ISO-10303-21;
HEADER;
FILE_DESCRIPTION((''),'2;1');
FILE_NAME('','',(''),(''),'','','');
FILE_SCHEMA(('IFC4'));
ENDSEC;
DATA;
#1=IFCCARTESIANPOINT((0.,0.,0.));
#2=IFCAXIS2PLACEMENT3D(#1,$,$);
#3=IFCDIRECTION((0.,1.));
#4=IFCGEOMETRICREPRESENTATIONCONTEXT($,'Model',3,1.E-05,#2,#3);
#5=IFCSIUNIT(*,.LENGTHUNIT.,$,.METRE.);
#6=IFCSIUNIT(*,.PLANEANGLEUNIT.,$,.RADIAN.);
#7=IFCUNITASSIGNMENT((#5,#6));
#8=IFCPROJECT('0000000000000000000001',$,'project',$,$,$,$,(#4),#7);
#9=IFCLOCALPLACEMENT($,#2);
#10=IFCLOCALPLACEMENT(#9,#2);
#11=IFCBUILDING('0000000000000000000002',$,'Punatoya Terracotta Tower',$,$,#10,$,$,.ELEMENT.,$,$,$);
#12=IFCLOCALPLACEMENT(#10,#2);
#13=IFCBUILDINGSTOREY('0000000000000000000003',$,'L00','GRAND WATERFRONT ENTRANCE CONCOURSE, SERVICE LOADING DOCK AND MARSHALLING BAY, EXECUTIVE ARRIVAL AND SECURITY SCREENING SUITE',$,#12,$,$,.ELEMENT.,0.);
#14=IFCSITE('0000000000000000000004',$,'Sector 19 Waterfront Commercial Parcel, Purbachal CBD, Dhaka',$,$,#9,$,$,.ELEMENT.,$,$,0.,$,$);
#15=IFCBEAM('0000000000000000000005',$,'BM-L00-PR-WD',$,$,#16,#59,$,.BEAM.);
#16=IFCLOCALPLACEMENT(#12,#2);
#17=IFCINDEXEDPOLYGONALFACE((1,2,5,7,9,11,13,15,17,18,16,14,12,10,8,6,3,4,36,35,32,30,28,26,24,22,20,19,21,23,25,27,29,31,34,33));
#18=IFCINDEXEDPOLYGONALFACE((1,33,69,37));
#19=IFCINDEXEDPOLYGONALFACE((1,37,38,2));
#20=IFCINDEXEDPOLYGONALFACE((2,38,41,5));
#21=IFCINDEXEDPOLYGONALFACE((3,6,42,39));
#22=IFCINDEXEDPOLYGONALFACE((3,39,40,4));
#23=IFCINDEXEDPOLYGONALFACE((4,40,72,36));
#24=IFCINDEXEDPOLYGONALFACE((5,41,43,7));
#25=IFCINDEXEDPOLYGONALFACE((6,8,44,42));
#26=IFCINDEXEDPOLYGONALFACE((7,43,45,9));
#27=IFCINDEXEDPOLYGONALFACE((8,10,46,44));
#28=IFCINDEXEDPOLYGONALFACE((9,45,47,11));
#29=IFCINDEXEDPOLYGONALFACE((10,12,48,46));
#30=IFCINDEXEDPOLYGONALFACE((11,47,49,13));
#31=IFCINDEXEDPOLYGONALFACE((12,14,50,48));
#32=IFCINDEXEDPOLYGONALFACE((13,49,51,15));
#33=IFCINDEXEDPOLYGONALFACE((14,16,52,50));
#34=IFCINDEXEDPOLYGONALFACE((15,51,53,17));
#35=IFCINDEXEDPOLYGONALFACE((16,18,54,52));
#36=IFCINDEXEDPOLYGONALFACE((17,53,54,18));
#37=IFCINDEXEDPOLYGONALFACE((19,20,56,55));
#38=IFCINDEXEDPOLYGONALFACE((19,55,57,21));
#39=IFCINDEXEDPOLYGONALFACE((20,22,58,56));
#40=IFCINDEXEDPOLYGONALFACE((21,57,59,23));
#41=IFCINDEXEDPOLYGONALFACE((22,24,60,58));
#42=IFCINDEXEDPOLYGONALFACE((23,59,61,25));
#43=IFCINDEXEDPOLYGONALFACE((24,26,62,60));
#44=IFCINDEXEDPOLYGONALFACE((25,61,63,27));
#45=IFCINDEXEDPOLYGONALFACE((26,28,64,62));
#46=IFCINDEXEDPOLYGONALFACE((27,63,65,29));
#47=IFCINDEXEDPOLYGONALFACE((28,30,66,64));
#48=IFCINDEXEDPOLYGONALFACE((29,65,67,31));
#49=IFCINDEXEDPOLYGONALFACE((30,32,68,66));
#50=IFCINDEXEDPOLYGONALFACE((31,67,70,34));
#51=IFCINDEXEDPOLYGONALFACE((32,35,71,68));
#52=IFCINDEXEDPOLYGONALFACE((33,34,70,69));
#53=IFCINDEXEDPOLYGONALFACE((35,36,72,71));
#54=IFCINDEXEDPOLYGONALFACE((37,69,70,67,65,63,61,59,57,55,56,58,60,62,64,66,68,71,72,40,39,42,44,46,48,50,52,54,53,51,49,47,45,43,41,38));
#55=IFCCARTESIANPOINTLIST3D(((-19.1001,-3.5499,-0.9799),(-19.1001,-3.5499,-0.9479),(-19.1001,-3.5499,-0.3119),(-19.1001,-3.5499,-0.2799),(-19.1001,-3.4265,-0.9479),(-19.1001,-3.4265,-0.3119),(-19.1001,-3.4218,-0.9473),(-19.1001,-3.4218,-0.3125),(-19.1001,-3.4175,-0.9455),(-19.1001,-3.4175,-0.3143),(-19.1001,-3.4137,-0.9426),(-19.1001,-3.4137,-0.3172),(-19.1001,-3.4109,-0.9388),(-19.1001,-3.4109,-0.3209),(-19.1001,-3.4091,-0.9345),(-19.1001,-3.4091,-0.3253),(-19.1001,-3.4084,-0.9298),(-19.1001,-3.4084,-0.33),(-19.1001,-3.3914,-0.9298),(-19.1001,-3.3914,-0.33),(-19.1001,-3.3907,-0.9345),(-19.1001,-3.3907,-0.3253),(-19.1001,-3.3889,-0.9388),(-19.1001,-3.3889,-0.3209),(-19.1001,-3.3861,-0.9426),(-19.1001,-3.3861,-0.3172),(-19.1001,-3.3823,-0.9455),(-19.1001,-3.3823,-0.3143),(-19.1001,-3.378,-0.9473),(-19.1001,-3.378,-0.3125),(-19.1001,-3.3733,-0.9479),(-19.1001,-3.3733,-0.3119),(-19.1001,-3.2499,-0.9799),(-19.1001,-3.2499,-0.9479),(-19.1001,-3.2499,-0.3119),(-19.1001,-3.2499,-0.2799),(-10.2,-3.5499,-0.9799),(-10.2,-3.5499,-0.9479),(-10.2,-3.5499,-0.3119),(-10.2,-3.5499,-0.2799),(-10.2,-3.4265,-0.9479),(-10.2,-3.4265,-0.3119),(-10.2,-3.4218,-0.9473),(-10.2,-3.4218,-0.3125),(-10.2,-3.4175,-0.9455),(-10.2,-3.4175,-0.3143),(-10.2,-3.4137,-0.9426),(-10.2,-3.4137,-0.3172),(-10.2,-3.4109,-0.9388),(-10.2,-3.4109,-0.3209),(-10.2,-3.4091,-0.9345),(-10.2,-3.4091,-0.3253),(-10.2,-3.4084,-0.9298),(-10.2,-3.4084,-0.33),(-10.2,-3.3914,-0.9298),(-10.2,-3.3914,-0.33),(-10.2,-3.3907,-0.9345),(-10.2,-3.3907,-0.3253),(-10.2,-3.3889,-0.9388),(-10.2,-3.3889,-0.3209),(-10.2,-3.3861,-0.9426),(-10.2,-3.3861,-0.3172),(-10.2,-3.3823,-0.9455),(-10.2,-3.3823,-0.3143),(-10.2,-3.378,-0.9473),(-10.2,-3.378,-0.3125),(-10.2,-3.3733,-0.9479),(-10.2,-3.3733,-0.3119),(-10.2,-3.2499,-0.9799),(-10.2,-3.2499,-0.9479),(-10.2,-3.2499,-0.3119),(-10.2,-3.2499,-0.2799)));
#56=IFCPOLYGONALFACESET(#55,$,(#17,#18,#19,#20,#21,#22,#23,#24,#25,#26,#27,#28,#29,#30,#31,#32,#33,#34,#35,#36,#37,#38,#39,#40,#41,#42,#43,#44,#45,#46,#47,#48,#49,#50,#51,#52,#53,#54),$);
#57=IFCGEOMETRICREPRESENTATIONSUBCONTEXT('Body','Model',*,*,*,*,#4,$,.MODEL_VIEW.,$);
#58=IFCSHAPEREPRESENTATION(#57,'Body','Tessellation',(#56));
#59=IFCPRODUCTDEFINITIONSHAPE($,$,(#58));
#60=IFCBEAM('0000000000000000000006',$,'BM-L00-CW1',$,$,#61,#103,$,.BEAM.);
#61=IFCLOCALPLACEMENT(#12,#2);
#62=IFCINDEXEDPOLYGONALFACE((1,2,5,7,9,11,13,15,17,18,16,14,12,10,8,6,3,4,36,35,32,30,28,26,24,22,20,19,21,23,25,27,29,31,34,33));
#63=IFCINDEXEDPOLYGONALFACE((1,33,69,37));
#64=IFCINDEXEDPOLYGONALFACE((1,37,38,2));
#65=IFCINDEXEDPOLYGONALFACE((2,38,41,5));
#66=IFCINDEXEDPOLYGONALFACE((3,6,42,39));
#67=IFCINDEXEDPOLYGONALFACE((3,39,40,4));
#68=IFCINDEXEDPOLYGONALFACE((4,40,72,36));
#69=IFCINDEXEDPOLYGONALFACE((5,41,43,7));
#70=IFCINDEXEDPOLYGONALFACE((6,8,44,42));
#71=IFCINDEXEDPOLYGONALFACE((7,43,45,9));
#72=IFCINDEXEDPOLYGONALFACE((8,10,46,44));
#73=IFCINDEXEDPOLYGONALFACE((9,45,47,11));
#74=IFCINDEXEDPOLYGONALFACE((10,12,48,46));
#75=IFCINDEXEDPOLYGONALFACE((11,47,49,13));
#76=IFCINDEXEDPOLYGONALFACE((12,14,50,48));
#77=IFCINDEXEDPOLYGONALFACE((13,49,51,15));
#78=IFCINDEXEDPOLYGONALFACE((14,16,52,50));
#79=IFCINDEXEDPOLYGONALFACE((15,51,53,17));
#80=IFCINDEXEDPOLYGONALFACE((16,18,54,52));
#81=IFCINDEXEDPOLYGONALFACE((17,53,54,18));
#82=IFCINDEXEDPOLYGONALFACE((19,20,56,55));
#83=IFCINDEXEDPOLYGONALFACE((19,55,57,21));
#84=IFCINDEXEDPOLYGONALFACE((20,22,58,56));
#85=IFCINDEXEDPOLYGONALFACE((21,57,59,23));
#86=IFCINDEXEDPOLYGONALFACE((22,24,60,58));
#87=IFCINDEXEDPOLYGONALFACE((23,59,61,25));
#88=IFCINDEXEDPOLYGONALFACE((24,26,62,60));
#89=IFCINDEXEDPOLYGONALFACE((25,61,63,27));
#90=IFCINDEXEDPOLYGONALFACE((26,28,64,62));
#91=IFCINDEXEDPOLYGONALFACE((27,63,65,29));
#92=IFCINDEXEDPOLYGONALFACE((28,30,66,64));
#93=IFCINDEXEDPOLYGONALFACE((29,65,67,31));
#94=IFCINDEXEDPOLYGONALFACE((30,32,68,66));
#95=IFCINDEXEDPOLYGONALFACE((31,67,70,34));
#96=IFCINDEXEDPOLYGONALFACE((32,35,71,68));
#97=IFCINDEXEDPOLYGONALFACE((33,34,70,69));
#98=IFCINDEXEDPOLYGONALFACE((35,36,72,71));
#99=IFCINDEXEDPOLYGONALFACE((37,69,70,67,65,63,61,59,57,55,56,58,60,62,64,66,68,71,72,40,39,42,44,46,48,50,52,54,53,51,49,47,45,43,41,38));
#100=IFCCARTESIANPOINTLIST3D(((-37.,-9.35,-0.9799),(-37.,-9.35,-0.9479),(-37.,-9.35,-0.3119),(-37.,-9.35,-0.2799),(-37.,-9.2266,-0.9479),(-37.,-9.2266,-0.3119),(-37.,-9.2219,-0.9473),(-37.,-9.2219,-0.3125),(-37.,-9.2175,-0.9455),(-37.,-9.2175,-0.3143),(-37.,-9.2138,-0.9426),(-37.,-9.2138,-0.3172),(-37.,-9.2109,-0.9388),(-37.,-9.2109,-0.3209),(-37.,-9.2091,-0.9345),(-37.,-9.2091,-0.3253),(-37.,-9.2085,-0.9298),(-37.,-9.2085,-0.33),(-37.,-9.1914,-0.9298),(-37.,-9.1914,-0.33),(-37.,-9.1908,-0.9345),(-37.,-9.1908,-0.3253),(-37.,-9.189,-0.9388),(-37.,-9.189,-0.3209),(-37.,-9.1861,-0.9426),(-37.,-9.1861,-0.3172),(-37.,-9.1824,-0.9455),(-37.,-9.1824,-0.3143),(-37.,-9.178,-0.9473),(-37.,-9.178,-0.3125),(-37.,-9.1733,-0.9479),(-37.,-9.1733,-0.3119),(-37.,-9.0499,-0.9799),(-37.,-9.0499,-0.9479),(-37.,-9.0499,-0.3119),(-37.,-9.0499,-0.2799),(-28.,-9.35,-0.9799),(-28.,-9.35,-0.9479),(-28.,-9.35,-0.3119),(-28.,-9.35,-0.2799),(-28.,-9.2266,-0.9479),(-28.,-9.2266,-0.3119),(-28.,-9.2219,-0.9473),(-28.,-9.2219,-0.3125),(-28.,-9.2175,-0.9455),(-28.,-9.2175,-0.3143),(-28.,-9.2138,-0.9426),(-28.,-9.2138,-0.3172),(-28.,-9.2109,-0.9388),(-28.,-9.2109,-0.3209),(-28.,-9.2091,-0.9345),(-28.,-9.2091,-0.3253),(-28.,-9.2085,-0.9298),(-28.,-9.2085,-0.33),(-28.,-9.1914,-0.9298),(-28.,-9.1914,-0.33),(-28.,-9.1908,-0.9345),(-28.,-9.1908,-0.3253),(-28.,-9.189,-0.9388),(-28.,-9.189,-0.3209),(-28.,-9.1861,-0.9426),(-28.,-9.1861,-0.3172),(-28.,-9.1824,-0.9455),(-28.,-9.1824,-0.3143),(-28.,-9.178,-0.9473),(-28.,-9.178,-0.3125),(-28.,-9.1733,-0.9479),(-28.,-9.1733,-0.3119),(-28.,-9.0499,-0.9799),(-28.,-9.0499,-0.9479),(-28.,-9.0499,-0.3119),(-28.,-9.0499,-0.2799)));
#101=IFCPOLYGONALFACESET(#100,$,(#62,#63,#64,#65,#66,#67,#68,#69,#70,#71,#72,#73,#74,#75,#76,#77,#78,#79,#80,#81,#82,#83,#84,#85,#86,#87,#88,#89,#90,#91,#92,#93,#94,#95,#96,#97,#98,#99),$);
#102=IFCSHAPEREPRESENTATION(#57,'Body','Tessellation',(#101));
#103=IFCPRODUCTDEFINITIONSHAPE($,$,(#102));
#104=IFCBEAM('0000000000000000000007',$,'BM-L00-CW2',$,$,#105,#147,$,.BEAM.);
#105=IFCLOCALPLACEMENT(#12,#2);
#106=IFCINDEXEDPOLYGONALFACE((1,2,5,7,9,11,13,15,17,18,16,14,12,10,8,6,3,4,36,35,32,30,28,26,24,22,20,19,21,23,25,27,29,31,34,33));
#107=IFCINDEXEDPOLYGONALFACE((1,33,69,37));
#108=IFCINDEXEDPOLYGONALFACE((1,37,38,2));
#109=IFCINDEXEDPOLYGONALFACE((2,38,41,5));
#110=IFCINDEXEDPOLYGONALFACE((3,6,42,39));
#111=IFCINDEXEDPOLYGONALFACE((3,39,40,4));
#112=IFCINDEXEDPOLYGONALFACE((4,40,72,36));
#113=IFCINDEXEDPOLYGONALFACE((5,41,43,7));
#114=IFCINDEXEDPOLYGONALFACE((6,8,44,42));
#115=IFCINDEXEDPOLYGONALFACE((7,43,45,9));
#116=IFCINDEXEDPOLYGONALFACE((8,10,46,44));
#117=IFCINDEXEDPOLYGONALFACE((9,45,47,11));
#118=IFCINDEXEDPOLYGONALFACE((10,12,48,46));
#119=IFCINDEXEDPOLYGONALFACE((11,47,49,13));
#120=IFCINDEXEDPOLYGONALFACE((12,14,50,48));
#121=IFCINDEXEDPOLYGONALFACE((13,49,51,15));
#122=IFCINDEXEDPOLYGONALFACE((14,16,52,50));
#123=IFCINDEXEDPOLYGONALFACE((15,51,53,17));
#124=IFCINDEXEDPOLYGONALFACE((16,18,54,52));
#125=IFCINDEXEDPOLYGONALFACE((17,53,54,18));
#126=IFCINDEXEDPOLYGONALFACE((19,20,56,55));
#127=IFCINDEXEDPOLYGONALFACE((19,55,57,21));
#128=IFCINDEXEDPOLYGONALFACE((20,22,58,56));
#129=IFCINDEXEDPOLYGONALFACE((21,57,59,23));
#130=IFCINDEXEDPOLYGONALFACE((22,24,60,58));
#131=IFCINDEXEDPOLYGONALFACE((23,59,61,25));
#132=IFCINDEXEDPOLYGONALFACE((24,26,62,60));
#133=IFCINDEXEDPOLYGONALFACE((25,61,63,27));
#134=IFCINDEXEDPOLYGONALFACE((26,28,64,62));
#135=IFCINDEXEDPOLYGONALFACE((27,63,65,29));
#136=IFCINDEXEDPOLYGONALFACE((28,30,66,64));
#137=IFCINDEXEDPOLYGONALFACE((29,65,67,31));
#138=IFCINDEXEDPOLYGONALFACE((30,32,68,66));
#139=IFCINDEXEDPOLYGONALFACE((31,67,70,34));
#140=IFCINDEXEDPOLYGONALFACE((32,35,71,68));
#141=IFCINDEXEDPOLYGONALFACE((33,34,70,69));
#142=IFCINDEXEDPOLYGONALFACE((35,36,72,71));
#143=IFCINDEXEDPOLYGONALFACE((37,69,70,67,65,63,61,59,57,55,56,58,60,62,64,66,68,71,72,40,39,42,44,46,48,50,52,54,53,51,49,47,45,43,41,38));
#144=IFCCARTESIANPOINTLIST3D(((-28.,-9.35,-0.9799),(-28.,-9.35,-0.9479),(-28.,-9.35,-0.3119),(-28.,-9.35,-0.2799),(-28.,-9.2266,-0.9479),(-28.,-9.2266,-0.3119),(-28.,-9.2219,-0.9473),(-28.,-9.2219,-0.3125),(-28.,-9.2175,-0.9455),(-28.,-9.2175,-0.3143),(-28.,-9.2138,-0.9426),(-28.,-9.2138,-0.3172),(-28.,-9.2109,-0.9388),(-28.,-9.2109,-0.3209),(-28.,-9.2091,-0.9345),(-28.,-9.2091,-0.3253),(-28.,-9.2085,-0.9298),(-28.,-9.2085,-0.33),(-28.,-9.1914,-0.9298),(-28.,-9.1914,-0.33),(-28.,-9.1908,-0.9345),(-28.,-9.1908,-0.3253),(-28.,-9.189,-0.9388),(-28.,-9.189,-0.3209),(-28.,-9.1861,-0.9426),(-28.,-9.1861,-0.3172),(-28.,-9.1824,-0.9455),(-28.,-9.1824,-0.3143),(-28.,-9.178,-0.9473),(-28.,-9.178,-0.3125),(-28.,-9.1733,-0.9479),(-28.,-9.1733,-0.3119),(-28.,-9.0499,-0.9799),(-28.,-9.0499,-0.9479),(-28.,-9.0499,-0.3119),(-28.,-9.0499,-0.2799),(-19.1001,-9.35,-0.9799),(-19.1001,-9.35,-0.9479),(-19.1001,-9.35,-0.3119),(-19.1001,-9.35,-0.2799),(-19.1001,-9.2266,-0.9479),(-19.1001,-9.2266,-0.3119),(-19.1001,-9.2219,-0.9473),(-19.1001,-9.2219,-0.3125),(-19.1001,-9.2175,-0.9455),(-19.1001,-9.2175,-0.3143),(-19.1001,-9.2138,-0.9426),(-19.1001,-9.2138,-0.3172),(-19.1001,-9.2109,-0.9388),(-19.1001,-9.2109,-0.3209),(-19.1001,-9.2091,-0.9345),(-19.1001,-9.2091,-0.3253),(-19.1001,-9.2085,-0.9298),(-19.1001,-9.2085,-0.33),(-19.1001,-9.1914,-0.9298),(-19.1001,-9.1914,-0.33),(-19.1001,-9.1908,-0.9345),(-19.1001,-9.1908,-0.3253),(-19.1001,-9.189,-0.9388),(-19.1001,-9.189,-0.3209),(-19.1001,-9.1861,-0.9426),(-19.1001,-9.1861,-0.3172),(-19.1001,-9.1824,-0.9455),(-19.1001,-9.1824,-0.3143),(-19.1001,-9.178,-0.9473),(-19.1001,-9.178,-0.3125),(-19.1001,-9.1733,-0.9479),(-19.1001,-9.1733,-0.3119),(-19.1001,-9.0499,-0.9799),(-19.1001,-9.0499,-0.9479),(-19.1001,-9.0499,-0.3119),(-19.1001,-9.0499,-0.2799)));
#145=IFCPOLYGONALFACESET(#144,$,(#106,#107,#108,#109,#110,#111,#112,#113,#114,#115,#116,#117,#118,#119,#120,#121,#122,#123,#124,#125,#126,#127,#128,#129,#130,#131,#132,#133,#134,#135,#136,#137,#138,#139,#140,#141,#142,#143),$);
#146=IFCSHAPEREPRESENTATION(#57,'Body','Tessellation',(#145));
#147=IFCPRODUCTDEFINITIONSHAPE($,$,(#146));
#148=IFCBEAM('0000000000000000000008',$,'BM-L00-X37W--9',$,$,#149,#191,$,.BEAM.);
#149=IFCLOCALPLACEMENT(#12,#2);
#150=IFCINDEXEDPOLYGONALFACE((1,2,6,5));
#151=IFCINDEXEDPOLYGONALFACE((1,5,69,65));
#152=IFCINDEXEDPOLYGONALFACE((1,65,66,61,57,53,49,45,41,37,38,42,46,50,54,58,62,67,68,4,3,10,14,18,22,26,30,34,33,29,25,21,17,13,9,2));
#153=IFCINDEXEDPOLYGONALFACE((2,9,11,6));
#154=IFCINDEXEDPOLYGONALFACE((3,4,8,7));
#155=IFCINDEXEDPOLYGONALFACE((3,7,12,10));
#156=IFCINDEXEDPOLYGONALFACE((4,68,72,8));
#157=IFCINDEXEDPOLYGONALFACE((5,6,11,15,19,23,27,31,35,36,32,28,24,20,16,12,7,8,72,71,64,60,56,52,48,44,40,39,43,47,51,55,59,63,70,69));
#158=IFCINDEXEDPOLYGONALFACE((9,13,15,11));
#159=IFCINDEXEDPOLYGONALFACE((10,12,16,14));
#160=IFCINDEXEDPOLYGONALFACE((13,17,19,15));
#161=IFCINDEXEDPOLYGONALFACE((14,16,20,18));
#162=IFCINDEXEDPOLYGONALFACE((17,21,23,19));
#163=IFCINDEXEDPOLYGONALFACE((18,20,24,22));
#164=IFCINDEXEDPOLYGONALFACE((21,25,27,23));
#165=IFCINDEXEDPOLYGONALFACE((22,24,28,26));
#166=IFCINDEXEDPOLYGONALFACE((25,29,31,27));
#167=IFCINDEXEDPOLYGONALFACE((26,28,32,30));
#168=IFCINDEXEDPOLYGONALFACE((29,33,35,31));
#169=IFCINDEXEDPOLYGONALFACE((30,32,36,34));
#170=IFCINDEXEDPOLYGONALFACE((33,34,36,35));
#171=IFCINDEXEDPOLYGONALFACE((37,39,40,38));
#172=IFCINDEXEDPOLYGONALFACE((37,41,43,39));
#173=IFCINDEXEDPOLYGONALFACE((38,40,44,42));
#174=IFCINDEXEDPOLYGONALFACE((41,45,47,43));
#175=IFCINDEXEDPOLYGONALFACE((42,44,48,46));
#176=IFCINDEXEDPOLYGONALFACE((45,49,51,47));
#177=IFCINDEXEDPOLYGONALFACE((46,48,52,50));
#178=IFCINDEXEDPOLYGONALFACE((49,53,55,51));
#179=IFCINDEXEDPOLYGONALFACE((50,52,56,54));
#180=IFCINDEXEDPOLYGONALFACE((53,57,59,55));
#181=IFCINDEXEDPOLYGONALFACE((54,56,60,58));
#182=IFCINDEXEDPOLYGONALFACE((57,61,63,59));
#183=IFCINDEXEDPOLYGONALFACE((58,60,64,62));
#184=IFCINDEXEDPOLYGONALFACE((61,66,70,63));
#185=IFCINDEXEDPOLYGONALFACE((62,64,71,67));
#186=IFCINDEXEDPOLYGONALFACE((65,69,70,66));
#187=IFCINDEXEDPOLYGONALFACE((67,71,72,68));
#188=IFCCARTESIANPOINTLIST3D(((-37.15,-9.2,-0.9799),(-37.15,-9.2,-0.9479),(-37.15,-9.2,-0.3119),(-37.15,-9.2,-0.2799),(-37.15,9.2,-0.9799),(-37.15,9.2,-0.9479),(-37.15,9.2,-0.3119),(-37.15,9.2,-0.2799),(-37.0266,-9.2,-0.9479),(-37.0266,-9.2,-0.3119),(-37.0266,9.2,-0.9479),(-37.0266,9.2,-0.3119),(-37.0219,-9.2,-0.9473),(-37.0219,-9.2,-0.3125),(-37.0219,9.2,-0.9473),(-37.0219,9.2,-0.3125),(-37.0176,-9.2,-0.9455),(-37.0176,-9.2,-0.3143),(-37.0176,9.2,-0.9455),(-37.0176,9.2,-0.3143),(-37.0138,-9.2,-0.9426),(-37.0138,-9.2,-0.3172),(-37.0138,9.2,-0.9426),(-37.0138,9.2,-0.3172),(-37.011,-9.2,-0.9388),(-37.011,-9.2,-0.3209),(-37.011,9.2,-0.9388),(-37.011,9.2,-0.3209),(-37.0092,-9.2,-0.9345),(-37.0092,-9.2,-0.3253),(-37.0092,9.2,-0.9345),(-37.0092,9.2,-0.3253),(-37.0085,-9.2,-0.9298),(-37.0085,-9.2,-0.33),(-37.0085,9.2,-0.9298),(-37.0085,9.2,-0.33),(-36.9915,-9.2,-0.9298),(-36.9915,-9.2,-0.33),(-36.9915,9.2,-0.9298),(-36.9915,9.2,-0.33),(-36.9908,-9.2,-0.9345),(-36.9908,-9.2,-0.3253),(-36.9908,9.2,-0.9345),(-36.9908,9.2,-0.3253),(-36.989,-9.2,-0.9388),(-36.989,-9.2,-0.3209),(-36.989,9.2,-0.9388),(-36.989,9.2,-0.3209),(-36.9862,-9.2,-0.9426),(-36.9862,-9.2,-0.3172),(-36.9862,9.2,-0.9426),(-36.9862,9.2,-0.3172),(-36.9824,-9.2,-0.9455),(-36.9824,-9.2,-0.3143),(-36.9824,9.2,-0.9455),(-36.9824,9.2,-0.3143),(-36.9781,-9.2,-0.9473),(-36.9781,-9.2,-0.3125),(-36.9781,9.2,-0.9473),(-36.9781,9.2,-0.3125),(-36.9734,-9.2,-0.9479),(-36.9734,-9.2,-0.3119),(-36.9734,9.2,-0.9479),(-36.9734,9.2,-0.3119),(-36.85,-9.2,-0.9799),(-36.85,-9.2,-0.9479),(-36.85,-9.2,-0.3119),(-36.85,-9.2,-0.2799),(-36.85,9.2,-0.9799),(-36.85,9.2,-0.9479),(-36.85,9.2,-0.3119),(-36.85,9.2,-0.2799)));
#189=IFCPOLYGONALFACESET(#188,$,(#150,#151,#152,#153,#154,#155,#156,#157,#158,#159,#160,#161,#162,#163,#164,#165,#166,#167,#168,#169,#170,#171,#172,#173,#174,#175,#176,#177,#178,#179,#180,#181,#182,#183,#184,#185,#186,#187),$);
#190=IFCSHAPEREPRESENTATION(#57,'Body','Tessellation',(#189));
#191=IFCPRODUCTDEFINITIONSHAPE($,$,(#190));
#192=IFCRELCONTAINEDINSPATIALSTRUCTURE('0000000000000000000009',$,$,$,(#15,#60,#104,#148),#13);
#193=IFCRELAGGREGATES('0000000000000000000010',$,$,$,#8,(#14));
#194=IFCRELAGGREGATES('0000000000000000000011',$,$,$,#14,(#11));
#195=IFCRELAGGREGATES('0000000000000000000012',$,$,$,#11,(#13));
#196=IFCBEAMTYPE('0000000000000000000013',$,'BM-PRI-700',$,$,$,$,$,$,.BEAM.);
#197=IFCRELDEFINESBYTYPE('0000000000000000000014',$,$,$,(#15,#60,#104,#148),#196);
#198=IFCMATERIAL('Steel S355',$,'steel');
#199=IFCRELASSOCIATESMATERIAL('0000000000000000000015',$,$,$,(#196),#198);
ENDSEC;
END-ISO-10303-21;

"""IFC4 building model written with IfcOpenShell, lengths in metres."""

from ifc_helpers import new_model, si_unit, direction, frame, origin, origin_2d, place, context, subcontext, project, spatial, i_section, extrude, material, material_profile, profile_set, type_object, element, save


model = new_model("IFC4")

# Units and contexts
model_context = context("Model", 3, precision=1e-05, world=origin(), true_north=direction((0.0, 1.0)))
body_context = subcontext(model_context, "Body", "Model", "MODEL_VIEW")
ifc_project = project(units=[si_unit("LENGTHUNIT", "METRE"), si_unit("PLANEANGLEUNIT", "RADIAN")], contexts=[model_context])

# Site, building, storey
site_placement = place(None, origin())
site = spatial("IfcSite", under=ifc_project, at=site_placement, Name="Sector 19 Waterfront Commercial Parcel, Purbachal CBD, Dhaka", CompositionType="ELEMENT", RefElevation=0.0)
building_placement = place(site_placement, origin())
building = spatial("IfcBuilding", under=site, at=building_placement, Name="Punatoya Terracotta Tower", CompositionType="ELEMENT")
storey_placement = place(building_placement, origin())
storey = spatial("IfcBuildingStorey", under=building, at=storey_placement, Name="L00", Description="GRAND WATERFRONT ENTRANCE CONCOURSE, SERVICE LOADING DOCK AND MARSHALLING BAY, EXECUTIVE ARRIVAL AND SECURITY SCREENING SUITE", CompositionType="ELEMENT", Elevation=0.0)

# Beams
ifc_material_1 = material(Name="Steel S355", Category="steel")
ifc_material_profile_1 = material_profile(ifc_material_1, i_section(OverallWidth=0.3, OverallDepth=0.7, WebThickness=0.0171, FlangeThickness=0.032, FilletRadius=0.0181, at=origin_2d()))
ifc_profile_set_1 = profile_set([ifc_material_profile_1], Name="Steel S355")
beam_type_1 = type_object("IfcBeamType", Name="BM-PRI-700", PredefinedType="BEAM", material=ifc_profile_set_1)
for number, where, z_axis, x_axis, name in (
    (1, (-19.1001, -3.3999, -0.6299), (1.0, 0.0, 0.0), (0.0, 1.0, 0.0), "BM-L00-PR-WD"),
):
    element("IfcBeam", number, at=place(storey_placement, frame(where, z_axis=z_axis, x_axis=x_axis)), inside=storey, type_object=beam_type_1, Name=name, PredefinedType="BEAM", context=body_context, shape_type="SweptSolid", body=[
        extrude(i_section(OverallWidth=0.3, OverallDepth=0.7, WebThickness=0.0171, FlangeThickness=0.032, FilletRadius=0.0181, at=origin_2d()), origin(), (0.0, 0.0, 1.0), 8.9001),
    ])
beam_1_placement = place(storey_placement, frame((-37.0, -9.2, -0.6299), z_axis=(1.0, 0.0, 0.0), x_axis=(0.0, 1.0, 0.0)))
element("IfcBeam", 2, at=beam_1_placement, inside=storey, type_object=beam_type_1, Name="BM-L00-CW1", PredefinedType="BEAM", context=body_context, shape_type="SweptSolid", body=[
    extrude(i_section(OverallWidth=0.3, OverallDepth=0.7, WebThickness=0.0171, FlangeThickness=0.032, FilletRadius=0.0181, at=origin_2d()), origin(), (0.0, 0.0, 1.0), 9.0),
])
beam_2_placement = place(storey_placement, frame((-28.0, -9.2, -0.6299), z_axis=(1.0, 0.0, 0.0), x_axis=(0.0, 1.0, 0.0)))
element("IfcBeam", 3, at=beam_2_placement, inside=storey, type_object=beam_type_1, Name="BM-L00-CW2", PredefinedType="BEAM", context=body_context, shape_type="SweptSolid", body=[
    extrude(i_section(OverallWidth=0.3, OverallDepth=0.7, WebThickness=0.0171, FlangeThickness=0.032, FilletRadius=0.0181, at=origin_2d()), origin(), (0.0, 0.0, 1.0), 8.8999),
])
for number, where, z_axis, x_axis, name in (
    (4, (-37.0, -9.2, -0.6299), (0.0, 1.0, 0.0), (-1.0, 0.0, 0.0), "BM-L00-X37W--9"),
):
    element("IfcBeam", number, at=place(storey_placement, frame(where, z_axis=z_axis, x_axis=x_axis)), inside=storey, type_object=beam_type_1, Name=name, PredefinedType="BEAM", context=body_context, shape_type="SweptSolid", body=[
        extrude(i_section(OverallWidth=0.3, OverallDepth=0.7, WebThickness=0.0171, FlangeThickness=0.032, FilletRadius=0.0181, at=origin_2d()), origin(), (0.0, 0.0, 1.0), 18.3999),
    ])

save(model, "model.ifc")
